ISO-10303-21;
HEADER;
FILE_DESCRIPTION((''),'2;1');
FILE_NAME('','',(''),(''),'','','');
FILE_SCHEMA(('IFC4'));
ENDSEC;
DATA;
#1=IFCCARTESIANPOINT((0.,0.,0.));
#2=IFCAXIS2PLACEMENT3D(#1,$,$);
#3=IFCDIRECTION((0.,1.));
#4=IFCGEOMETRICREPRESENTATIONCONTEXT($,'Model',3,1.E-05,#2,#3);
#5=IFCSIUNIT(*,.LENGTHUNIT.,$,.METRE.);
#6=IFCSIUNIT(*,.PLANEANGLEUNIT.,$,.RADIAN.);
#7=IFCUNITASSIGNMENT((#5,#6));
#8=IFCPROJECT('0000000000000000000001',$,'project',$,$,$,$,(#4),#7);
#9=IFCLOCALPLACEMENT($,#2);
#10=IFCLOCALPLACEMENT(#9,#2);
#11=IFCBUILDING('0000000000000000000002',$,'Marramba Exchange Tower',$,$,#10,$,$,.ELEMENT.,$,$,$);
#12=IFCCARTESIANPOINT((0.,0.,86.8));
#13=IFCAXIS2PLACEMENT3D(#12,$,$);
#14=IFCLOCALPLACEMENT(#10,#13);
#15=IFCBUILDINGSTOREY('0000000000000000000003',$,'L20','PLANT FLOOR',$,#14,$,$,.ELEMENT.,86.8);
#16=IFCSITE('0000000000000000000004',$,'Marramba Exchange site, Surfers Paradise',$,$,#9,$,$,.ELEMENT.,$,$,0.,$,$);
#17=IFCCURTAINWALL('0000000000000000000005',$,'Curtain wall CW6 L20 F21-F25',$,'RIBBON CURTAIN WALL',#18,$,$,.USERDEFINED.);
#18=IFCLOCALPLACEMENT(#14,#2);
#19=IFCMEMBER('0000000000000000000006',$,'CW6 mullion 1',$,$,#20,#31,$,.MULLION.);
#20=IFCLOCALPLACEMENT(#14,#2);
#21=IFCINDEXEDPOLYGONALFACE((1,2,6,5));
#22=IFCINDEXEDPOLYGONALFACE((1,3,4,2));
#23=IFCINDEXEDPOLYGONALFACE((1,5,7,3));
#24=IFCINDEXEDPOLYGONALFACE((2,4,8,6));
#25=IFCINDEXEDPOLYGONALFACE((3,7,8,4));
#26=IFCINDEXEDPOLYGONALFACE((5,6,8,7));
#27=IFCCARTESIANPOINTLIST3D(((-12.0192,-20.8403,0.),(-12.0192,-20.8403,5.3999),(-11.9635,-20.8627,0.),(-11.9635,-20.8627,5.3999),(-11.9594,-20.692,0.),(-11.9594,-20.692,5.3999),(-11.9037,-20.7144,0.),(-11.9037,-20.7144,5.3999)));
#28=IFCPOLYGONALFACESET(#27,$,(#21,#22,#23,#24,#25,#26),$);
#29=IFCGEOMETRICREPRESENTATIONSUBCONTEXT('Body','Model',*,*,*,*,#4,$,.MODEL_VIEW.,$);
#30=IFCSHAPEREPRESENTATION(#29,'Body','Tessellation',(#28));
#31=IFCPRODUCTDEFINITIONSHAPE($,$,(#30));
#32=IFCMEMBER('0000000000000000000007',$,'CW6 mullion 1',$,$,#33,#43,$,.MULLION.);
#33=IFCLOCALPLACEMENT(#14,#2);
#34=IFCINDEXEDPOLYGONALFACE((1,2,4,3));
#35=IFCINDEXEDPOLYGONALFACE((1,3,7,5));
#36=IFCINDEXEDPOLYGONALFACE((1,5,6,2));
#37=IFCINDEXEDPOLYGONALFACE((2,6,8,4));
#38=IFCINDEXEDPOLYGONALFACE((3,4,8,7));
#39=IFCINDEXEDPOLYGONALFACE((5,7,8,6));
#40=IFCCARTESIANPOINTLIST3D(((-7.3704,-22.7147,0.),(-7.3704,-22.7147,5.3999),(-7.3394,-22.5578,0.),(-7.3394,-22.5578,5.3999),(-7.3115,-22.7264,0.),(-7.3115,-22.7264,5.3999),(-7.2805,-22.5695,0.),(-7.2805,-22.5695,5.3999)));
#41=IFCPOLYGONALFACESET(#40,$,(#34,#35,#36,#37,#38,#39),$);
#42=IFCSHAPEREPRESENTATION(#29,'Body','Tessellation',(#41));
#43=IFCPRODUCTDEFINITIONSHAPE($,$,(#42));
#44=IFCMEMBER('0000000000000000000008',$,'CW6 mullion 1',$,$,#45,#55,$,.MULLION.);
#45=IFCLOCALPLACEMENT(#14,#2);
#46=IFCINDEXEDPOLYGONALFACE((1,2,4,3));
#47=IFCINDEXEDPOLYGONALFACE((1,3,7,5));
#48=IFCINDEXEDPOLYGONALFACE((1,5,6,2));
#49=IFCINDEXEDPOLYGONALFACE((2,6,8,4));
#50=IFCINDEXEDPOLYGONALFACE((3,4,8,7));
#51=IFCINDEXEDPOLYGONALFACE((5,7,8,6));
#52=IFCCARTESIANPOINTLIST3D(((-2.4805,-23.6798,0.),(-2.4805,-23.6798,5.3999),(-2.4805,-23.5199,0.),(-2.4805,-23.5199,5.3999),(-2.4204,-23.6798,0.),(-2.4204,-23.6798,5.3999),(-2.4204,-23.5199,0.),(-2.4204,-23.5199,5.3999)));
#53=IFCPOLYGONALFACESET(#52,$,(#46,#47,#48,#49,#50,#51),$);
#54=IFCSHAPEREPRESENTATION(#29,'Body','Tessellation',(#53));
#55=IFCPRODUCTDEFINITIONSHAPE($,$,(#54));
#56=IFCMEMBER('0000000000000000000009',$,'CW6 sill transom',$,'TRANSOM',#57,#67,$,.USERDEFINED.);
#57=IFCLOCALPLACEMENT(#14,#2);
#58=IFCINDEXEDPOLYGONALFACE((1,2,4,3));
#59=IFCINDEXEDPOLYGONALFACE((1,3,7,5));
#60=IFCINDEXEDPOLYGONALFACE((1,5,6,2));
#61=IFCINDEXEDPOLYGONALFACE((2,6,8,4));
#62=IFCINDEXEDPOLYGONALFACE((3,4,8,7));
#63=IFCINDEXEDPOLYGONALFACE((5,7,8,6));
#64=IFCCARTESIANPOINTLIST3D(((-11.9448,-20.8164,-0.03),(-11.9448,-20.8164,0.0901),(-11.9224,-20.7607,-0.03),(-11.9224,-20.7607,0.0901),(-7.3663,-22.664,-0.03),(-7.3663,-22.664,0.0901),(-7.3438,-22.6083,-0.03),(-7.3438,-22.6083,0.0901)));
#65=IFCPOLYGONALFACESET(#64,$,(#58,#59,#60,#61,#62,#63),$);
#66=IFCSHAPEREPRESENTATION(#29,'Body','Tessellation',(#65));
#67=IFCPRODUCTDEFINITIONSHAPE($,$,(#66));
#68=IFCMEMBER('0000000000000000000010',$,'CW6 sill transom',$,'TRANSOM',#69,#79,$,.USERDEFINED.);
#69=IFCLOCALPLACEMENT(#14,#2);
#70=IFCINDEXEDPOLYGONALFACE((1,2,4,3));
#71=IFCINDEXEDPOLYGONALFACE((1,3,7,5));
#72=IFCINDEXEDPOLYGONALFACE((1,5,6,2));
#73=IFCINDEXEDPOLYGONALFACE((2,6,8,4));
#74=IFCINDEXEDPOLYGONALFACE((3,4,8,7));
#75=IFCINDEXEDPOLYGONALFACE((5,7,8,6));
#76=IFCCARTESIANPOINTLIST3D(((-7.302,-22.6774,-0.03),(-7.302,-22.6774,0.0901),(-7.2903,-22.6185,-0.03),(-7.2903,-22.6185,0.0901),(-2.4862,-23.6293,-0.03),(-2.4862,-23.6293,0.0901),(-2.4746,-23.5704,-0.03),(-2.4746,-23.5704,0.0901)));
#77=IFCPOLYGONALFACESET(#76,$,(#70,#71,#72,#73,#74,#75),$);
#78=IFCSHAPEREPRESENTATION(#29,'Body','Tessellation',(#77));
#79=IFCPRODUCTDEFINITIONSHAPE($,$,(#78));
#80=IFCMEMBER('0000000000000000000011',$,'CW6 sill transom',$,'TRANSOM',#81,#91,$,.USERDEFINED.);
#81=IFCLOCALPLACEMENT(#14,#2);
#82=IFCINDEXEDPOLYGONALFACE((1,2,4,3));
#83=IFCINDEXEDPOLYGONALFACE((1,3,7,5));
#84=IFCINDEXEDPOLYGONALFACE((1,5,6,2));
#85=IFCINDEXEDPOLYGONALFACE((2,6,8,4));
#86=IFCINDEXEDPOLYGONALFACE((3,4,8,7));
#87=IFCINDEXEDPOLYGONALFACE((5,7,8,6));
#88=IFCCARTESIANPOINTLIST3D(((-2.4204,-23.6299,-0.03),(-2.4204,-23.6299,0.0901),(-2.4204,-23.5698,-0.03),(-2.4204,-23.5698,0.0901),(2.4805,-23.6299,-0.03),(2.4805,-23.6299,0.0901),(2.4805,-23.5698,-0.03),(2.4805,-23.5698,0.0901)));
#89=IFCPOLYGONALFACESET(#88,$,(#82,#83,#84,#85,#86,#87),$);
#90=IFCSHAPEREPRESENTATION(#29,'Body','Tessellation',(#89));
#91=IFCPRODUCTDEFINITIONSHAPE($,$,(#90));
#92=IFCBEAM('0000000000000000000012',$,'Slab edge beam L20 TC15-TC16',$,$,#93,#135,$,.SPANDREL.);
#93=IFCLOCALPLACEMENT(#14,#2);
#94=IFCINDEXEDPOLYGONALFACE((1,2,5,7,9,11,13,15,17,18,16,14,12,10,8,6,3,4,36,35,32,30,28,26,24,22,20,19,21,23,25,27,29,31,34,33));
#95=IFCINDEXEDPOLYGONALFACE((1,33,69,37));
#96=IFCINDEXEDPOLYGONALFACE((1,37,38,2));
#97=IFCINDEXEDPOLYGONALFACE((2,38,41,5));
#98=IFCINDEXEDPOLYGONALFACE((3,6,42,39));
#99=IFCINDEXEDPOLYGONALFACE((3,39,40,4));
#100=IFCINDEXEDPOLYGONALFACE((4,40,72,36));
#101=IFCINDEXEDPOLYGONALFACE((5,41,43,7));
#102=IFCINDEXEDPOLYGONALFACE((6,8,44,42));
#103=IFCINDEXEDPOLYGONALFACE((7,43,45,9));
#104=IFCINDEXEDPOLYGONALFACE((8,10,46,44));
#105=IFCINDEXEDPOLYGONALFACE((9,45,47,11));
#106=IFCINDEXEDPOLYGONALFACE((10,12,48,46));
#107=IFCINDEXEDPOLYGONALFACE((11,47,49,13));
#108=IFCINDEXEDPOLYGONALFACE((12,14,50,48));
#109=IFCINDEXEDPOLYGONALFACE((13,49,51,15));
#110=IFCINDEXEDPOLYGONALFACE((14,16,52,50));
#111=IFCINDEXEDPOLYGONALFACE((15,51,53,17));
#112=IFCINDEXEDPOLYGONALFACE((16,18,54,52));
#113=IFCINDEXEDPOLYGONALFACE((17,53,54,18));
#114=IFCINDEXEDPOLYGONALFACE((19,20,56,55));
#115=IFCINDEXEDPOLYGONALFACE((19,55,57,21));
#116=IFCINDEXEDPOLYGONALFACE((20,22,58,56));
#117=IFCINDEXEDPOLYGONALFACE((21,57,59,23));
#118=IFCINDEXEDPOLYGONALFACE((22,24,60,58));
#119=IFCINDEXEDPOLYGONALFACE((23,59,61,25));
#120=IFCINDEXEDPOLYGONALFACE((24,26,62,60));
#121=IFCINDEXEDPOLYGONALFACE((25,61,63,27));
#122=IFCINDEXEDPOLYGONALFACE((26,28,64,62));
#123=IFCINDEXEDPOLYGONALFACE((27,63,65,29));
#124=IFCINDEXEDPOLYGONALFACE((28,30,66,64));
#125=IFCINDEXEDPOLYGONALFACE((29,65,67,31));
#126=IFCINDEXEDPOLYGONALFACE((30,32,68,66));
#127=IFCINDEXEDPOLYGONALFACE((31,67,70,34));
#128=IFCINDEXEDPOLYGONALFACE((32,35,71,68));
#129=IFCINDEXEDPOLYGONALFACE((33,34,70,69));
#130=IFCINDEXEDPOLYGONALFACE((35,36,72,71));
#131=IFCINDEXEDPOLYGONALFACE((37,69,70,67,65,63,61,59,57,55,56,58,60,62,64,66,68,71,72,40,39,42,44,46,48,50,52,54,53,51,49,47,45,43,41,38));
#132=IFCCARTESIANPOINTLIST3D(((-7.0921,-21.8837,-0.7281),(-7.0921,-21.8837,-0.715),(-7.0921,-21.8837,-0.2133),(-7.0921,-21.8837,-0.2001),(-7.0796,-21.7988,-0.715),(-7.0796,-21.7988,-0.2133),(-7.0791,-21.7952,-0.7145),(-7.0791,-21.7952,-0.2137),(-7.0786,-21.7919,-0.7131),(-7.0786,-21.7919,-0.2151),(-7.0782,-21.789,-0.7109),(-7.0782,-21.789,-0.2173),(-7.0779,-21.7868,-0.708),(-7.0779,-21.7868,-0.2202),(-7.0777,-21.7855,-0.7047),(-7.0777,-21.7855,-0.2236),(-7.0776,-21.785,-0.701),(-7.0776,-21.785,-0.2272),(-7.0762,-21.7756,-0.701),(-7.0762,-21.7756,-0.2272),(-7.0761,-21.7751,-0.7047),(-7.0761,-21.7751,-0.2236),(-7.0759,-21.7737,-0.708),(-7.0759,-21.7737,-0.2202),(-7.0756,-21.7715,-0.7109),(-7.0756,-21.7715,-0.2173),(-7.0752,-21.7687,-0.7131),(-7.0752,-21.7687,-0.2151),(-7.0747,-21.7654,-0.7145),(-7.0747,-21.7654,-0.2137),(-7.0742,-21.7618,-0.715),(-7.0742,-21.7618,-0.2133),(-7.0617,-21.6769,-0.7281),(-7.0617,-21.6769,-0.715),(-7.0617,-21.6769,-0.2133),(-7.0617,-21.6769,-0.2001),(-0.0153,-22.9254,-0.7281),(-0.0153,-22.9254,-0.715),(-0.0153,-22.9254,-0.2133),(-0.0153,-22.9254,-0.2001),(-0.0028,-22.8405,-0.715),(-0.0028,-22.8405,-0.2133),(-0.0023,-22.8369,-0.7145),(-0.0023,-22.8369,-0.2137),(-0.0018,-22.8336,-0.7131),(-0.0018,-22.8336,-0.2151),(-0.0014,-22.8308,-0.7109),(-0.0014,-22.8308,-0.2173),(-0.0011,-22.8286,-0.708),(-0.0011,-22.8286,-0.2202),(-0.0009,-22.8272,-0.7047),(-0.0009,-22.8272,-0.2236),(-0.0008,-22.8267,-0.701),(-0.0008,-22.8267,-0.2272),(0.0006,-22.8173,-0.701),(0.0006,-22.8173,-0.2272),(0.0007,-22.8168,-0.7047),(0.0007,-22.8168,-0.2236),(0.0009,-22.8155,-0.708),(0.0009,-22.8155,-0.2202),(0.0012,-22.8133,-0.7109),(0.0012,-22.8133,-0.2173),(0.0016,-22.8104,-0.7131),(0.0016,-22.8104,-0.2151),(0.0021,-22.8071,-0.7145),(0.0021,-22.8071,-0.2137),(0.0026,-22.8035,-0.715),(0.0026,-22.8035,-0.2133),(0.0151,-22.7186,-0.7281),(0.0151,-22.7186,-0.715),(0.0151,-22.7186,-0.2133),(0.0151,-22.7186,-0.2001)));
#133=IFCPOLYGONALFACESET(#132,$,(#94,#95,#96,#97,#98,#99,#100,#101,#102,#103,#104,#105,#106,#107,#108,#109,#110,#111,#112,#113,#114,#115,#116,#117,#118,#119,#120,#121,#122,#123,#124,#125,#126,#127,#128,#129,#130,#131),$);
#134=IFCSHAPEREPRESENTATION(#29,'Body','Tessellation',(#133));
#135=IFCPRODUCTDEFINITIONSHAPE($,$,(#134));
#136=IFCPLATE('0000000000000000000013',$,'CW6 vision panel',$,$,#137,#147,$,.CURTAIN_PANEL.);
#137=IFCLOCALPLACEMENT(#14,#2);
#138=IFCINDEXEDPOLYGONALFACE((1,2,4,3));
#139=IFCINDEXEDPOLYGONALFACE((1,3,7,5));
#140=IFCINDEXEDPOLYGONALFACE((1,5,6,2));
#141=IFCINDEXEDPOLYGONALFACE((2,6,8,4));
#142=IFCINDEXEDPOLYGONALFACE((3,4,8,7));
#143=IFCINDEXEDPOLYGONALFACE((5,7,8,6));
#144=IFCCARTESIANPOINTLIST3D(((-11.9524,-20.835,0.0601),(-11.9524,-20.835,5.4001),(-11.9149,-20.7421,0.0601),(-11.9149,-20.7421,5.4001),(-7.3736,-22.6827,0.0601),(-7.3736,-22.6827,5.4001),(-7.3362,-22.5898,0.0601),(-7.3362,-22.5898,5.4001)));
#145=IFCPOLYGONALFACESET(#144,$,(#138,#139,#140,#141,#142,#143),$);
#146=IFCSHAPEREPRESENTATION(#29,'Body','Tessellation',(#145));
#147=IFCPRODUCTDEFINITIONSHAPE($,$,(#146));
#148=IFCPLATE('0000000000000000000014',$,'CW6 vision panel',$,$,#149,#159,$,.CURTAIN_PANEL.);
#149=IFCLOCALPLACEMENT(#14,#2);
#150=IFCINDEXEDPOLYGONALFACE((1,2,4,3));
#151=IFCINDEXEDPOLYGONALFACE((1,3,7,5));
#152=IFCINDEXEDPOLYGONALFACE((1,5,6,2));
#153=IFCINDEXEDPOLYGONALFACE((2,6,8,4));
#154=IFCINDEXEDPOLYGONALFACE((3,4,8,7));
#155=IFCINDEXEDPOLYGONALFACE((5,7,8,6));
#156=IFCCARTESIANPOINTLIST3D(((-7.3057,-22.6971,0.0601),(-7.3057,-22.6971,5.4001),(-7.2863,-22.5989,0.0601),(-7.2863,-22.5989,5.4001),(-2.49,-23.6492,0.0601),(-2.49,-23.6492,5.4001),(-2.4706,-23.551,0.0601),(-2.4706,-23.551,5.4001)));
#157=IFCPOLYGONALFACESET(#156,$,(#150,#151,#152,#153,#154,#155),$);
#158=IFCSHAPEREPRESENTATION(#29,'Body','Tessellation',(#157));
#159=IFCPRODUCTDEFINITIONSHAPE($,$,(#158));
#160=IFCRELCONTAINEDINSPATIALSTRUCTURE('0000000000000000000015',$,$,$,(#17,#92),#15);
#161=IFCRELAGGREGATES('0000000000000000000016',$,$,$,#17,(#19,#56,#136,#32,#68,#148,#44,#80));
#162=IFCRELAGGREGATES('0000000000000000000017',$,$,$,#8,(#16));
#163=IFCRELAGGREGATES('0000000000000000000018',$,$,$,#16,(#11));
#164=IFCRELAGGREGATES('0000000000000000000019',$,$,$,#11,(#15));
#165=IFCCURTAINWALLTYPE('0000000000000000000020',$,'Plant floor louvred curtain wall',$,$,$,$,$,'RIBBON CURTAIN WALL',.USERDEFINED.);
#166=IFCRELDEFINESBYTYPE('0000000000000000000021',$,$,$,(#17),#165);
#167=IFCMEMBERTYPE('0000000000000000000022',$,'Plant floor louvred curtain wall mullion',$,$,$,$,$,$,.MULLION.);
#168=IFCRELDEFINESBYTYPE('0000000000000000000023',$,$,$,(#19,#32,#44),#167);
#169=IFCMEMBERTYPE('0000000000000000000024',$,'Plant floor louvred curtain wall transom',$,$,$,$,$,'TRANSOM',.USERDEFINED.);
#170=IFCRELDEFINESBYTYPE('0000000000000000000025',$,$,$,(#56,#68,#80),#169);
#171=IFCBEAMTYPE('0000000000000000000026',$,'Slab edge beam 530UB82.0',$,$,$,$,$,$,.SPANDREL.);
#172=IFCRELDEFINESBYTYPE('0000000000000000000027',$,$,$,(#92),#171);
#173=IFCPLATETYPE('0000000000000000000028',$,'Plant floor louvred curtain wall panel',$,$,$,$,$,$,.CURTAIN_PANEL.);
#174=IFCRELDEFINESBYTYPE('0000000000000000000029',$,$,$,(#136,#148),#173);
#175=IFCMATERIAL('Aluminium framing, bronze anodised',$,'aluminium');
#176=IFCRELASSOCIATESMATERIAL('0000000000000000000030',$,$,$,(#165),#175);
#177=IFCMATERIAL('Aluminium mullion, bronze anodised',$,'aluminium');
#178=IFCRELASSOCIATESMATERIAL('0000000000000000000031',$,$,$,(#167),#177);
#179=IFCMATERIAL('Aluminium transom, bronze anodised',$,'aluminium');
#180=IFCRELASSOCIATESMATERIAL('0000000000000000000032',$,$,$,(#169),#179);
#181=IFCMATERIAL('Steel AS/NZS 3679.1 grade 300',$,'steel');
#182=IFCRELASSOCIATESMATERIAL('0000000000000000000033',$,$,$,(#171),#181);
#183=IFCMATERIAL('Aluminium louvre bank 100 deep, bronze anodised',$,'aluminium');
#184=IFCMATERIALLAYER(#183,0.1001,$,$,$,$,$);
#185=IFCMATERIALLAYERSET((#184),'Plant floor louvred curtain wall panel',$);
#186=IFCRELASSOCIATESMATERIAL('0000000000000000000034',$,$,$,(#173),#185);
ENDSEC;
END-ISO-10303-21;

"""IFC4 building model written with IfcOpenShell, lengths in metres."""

from ifc_helpers import new_model, si_unit, direction, frame, origin, origin_2d, place, context, subcontext, project, spatial, rectangle, i_section, extrude, material, layer, layer_set, material_profile, profile_set, type_object, element, aggregate, save


model = new_model("IFC4")

# Units and contexts
model_context = context("Model", 3, precision=1e-05, world=origin(), true_north=direction((0.0, 1.0)))
body_context = subcontext(model_context, "Body", "Model", "MODEL_VIEW")
ifc_project = project(units=[si_unit("LENGTHUNIT", "METRE"), si_unit("PLANEANGLEUNIT", "RADIAN")], contexts=[model_context])

# Site, building, storey
site_placement = place(None, origin())
site = spatial("IfcSite", under=ifc_project, at=site_placement, Name="Marramba Exchange site, Surfers Paradise", CompositionType="ELEMENT", RefElevation=0.0)
building_placement = place(site_placement, origin())
building = spatial("IfcBuilding", under=site, at=building_placement, Name="Marramba Exchange Tower", CompositionType="ELEMENT")
storey_placement = place(building_placement, frame((0.0, 0.0, 86.8)))
storey = spatial("IfcBuildingStorey", under=building, at=storey_placement, Name="L20", Description="PLANT FLOOR", CompositionType="ELEMENT", Elevation=86.8)

# Curtain wall, members
ifc_material_1 = material(Name="Aluminium framing, bronze anodised", Category="aluminium")
curtain_wall_type = type_object("IfcCurtainWallType", Name="Plant floor louvred curtain wall", ElementType="RIBBON CURTAIN WALL", PredefinedType="USERDEFINED", material=ifc_material_1)
curtain_wall_placement = place(storey_placement, origin())
curtain_wall = element("IfcCurtainWall", 1, at=curtain_wall_placement, inside=storey, type_object=curtain_wall_type, Name="Curtain wall CW6 L20 F21-F25", ObjectType="RIBBON CURTAIN WALL", PredefinedType="USERDEFINED")
ifc_material_2 = material(Name="Aluminium mullion, bronze anodised", Category="aluminium")
ifc_material_profile_1 = material_profile(ifc_material_2, rectangle(XDim=0.1599, YDim=0.0601, at=origin_2d()), Name="CW6 mullion 60x160")
ifc_profile_set_1 = profile_set([ifc_material_profile_1], Name="Aluminium mullion, bronze anodised")
member_type_1 = type_object("IfcMemberType", Name="Plant floor louvred curtain wall mullion", PredefinedType="MULLION", material=ifc_profile_set_1)
member_1_placement = place(storey_placement, frame((-11.9614, -20.7773, 0.0), z_axis=(0.0, 0.0, 1.0), x_axis=(0.374218, 0.927341, 0.0)))
member_1 = element("IfcMember", 2, at=member_1_placement, type_object=member_type_1, Name="CW6 mullion 1", PredefinedType="MULLION", context=body_context, shape_type="SweptSolid", body=[
    extrude(rectangle(XDim=0.1599, YDim=0.0601, at=origin_2d()), origin(), (0.0, 0.0, 1.0), 5.3999),
])
member_2_placement = place(storey_placement, frame((-7.3254, -22.6421, 0.0), z_axis=(0.0, 0.0, 1.0), x_axis=(0.193961, 0.981009, 0.0)))
member_2 = element("IfcMember", 3, at=member_2_placement, type_object=member_type_1, Name="CW6 mullion 1", PredefinedType="MULLION", context=body_context, shape_type="SweptSolid", body=[
    extrude(rectangle(XDim=0.1599, YDim=0.0601, at=origin_2d()), origin(), (0.0, 0.0, 1.0), 5.3999),
])
member_3_placement = place(storey_placement, frame((-2.4504, -23.5999, 0.0), z_axis=(0.0, 0.0, 1.0), x_axis=(0.0, 1.0, 0.0)))
member_3 = element("IfcMember", 4, at=member_3_placement, type_object=member_type_1, Name="CW6 mullion 1", PredefinedType="MULLION", context=body_context, shape_type="SweptSolid", body=[
    extrude(rectangle(XDim=0.1599, YDim=0.0601, at=origin_2d()), origin(), (0.0, 0.0, 1.0), 5.3999),
])
ifc_material_3 = material(Name="Aluminium transom, bronze anodised", Category="aluminium")
ifc_material_profile_2 = material_profile(ifc_material_3, rectangle(XDim=0.0601, YDim=0.1201, at=origin_2d()), Name="CW6 transom 60x120")
ifc_profile_set_2 = profile_set([ifc_material_profile_2], Name="Aluminium transom, bronze anodised")
member_type_2 = type_object("IfcMemberType", Name="Plant floor louvred curtain wall transom", ElementType="TRANSOM", PredefinedType="USERDEFINED", material=ifc_profile_set_2)
member_4_placement = place(storey_placement, frame((-11.9336, -20.7886, 0.03), z_axis=(0.92734, -0.374219, 0.0), x_axis=(0.374219, 0.92734, 0.0)))
member_4 = element("IfcMember", 5, at=member_4_placement, type_object=member_type_2, Name="CW6 sill transom", ObjectType="TRANSOM", PredefinedType="USERDEFINED", context=body_context, shape_type="SweptSolid", body=[
    extrude(rectangle(XDim=0.0601, YDim=0.1201, at=origin_2d()), origin(), (0.0, 0.0, 1.0), 4.9373),
])
member_5_placement = place(storey_placement, frame((-7.2961, -22.6479, 0.03), z_axis=(0.981018, -0.193916, 0.0), x_axis=(0.193916, 0.981018, 0.0)))
member_5 = element("IfcMember", 6, at=member_5_placement, type_object=member_type_2, Name="CW6 sill transom", ObjectType="TRANSOM", PredefinedType="USERDEFINED", context=body_context, shape_type="SweptSolid", body=[
    extrude(rectangle(XDim=0.0601, YDim=0.1201, at=origin_2d()), origin(), (0.0, 0.0, 1.0), 4.9089),
])
member_6_placement = place(storey_placement, frame((-2.4204, -23.5999, 0.03), z_axis=(1.0, 0.0, 0.0), x_axis=(0.0, 1.0, 0.0)))
member_6 = element("IfcMember", 7, at=member_6_placement, type_object=member_type_2, Name="CW6 sill transom", ObjectType="TRANSOM", PredefinedType="USERDEFINED", context=body_context, shape_type="SweptSolid", body=[
    extrude(rectangle(XDim=0.0601, YDim=0.1201, at=origin_2d()), origin(), (0.0, 0.0, 1.0), 4.9009),
])

# Beam
ifc_material_4 = material(Name="Steel AS/NZS 3679.1 grade 300", Category="steel")
ifc_material_profile_3 = material_profile(ifc_material_4, i_section(OverallWidth=0.209, OverallDepth=0.5281, WebThickness=0.0095, FlangeThickness=0.0132, FilletRadius=0.0139, at=origin_2d()), Name="530UB82.0")
ifc_profile_set_3 = profile_set([ifc_material_profile_3], Name="Steel AS/NZS 3679.1 grade 300")
beam_type_1 = type_object("IfcBeamType", Name="Slab edge beam 530UB82.0", PredefinedType="SPANDREL", material=ifc_profile_set_3)
beam_1_placement = place(storey_placement, frame((-7.0769, -21.7803, -0.4641), z_axis=(0.989338, -0.145634, 0.0), x_axis=(0.145634, 0.989338, 0.0)))
element("IfcBeam", 8, at=beam_1_placement, inside=storey, type_object=beam_type_1, Name="Slab edge beam L20 TC15-TC16", PredefinedType="SPANDREL", context=body_context, shape_type="SweptSolid", body=[
    extrude(i_section(OverallWidth=0.209, OverallDepth=0.5281, WebThickness=0.0095, FlangeThickness=0.0132, FilletRadius=0.0139, at=origin_2d()), origin(), (0.0, 0.0, 1.0), 7.1531),
])

# Plates
ifc_material_5 = material(Name="Aluminium louvre bank 100 deep, bronze anodised", Category="aluminium")
ifc_layer = layer(ifc_material_5, 0.1001)
ifc_layer_set = layer_set([ifc_layer], Name="Plant floor louvred curtain wall panel")
plate_type = type_object("IfcPlateType", Name="Plant floor louvred curtain wall panel", PredefinedType="CURTAIN_PANEL", material=ifc_layer_set)
plate_1_placement = place(storey_placement, frame((-9.6443, -21.7124, 0.0601), z_axis=(0.0, 0.0, 1.0), x_axis=(0.927341, -0.374218, 0.0)))
plate_1 = element("IfcPlate", 9, at=plate_1_placement, type_object=plate_type, Name="CW6 vision panel", PredefinedType="CURTAIN_PANEL", context=body_context, shape_type="SweptSolid", body=[
    extrude(rectangle(XDim=4.9375, YDim=0.1001, at=origin_2d()), origin(), (0.0, 0.0, 1.0), 5.3401),
])
plate_2_placement = place(storey_placement, frame((-4.8882, -23.124, 0.0601), z_axis=(0.0, 0.0, 1.0), x_axis=(0.981009, -0.193961, 0.0)))
plate_2 = element("IfcPlate", 10, at=plate_2_placement, type_object=plate_type, Name="CW6 vision panel", PredefinedType="CURTAIN_PANEL", context=body_context, shape_type="SweptSolid", body=[
    extrude(rectangle(XDim=4.9089, YDim=0.1001, at=origin_2d()), origin(), (0.0, 0.0, 1.0), 5.3401),
])
aggregate(curtain_wall, [member_1, member_4, plate_1, member_2, member_5, plate_2, member_3, member_6])

save(model, "model.ifc")
